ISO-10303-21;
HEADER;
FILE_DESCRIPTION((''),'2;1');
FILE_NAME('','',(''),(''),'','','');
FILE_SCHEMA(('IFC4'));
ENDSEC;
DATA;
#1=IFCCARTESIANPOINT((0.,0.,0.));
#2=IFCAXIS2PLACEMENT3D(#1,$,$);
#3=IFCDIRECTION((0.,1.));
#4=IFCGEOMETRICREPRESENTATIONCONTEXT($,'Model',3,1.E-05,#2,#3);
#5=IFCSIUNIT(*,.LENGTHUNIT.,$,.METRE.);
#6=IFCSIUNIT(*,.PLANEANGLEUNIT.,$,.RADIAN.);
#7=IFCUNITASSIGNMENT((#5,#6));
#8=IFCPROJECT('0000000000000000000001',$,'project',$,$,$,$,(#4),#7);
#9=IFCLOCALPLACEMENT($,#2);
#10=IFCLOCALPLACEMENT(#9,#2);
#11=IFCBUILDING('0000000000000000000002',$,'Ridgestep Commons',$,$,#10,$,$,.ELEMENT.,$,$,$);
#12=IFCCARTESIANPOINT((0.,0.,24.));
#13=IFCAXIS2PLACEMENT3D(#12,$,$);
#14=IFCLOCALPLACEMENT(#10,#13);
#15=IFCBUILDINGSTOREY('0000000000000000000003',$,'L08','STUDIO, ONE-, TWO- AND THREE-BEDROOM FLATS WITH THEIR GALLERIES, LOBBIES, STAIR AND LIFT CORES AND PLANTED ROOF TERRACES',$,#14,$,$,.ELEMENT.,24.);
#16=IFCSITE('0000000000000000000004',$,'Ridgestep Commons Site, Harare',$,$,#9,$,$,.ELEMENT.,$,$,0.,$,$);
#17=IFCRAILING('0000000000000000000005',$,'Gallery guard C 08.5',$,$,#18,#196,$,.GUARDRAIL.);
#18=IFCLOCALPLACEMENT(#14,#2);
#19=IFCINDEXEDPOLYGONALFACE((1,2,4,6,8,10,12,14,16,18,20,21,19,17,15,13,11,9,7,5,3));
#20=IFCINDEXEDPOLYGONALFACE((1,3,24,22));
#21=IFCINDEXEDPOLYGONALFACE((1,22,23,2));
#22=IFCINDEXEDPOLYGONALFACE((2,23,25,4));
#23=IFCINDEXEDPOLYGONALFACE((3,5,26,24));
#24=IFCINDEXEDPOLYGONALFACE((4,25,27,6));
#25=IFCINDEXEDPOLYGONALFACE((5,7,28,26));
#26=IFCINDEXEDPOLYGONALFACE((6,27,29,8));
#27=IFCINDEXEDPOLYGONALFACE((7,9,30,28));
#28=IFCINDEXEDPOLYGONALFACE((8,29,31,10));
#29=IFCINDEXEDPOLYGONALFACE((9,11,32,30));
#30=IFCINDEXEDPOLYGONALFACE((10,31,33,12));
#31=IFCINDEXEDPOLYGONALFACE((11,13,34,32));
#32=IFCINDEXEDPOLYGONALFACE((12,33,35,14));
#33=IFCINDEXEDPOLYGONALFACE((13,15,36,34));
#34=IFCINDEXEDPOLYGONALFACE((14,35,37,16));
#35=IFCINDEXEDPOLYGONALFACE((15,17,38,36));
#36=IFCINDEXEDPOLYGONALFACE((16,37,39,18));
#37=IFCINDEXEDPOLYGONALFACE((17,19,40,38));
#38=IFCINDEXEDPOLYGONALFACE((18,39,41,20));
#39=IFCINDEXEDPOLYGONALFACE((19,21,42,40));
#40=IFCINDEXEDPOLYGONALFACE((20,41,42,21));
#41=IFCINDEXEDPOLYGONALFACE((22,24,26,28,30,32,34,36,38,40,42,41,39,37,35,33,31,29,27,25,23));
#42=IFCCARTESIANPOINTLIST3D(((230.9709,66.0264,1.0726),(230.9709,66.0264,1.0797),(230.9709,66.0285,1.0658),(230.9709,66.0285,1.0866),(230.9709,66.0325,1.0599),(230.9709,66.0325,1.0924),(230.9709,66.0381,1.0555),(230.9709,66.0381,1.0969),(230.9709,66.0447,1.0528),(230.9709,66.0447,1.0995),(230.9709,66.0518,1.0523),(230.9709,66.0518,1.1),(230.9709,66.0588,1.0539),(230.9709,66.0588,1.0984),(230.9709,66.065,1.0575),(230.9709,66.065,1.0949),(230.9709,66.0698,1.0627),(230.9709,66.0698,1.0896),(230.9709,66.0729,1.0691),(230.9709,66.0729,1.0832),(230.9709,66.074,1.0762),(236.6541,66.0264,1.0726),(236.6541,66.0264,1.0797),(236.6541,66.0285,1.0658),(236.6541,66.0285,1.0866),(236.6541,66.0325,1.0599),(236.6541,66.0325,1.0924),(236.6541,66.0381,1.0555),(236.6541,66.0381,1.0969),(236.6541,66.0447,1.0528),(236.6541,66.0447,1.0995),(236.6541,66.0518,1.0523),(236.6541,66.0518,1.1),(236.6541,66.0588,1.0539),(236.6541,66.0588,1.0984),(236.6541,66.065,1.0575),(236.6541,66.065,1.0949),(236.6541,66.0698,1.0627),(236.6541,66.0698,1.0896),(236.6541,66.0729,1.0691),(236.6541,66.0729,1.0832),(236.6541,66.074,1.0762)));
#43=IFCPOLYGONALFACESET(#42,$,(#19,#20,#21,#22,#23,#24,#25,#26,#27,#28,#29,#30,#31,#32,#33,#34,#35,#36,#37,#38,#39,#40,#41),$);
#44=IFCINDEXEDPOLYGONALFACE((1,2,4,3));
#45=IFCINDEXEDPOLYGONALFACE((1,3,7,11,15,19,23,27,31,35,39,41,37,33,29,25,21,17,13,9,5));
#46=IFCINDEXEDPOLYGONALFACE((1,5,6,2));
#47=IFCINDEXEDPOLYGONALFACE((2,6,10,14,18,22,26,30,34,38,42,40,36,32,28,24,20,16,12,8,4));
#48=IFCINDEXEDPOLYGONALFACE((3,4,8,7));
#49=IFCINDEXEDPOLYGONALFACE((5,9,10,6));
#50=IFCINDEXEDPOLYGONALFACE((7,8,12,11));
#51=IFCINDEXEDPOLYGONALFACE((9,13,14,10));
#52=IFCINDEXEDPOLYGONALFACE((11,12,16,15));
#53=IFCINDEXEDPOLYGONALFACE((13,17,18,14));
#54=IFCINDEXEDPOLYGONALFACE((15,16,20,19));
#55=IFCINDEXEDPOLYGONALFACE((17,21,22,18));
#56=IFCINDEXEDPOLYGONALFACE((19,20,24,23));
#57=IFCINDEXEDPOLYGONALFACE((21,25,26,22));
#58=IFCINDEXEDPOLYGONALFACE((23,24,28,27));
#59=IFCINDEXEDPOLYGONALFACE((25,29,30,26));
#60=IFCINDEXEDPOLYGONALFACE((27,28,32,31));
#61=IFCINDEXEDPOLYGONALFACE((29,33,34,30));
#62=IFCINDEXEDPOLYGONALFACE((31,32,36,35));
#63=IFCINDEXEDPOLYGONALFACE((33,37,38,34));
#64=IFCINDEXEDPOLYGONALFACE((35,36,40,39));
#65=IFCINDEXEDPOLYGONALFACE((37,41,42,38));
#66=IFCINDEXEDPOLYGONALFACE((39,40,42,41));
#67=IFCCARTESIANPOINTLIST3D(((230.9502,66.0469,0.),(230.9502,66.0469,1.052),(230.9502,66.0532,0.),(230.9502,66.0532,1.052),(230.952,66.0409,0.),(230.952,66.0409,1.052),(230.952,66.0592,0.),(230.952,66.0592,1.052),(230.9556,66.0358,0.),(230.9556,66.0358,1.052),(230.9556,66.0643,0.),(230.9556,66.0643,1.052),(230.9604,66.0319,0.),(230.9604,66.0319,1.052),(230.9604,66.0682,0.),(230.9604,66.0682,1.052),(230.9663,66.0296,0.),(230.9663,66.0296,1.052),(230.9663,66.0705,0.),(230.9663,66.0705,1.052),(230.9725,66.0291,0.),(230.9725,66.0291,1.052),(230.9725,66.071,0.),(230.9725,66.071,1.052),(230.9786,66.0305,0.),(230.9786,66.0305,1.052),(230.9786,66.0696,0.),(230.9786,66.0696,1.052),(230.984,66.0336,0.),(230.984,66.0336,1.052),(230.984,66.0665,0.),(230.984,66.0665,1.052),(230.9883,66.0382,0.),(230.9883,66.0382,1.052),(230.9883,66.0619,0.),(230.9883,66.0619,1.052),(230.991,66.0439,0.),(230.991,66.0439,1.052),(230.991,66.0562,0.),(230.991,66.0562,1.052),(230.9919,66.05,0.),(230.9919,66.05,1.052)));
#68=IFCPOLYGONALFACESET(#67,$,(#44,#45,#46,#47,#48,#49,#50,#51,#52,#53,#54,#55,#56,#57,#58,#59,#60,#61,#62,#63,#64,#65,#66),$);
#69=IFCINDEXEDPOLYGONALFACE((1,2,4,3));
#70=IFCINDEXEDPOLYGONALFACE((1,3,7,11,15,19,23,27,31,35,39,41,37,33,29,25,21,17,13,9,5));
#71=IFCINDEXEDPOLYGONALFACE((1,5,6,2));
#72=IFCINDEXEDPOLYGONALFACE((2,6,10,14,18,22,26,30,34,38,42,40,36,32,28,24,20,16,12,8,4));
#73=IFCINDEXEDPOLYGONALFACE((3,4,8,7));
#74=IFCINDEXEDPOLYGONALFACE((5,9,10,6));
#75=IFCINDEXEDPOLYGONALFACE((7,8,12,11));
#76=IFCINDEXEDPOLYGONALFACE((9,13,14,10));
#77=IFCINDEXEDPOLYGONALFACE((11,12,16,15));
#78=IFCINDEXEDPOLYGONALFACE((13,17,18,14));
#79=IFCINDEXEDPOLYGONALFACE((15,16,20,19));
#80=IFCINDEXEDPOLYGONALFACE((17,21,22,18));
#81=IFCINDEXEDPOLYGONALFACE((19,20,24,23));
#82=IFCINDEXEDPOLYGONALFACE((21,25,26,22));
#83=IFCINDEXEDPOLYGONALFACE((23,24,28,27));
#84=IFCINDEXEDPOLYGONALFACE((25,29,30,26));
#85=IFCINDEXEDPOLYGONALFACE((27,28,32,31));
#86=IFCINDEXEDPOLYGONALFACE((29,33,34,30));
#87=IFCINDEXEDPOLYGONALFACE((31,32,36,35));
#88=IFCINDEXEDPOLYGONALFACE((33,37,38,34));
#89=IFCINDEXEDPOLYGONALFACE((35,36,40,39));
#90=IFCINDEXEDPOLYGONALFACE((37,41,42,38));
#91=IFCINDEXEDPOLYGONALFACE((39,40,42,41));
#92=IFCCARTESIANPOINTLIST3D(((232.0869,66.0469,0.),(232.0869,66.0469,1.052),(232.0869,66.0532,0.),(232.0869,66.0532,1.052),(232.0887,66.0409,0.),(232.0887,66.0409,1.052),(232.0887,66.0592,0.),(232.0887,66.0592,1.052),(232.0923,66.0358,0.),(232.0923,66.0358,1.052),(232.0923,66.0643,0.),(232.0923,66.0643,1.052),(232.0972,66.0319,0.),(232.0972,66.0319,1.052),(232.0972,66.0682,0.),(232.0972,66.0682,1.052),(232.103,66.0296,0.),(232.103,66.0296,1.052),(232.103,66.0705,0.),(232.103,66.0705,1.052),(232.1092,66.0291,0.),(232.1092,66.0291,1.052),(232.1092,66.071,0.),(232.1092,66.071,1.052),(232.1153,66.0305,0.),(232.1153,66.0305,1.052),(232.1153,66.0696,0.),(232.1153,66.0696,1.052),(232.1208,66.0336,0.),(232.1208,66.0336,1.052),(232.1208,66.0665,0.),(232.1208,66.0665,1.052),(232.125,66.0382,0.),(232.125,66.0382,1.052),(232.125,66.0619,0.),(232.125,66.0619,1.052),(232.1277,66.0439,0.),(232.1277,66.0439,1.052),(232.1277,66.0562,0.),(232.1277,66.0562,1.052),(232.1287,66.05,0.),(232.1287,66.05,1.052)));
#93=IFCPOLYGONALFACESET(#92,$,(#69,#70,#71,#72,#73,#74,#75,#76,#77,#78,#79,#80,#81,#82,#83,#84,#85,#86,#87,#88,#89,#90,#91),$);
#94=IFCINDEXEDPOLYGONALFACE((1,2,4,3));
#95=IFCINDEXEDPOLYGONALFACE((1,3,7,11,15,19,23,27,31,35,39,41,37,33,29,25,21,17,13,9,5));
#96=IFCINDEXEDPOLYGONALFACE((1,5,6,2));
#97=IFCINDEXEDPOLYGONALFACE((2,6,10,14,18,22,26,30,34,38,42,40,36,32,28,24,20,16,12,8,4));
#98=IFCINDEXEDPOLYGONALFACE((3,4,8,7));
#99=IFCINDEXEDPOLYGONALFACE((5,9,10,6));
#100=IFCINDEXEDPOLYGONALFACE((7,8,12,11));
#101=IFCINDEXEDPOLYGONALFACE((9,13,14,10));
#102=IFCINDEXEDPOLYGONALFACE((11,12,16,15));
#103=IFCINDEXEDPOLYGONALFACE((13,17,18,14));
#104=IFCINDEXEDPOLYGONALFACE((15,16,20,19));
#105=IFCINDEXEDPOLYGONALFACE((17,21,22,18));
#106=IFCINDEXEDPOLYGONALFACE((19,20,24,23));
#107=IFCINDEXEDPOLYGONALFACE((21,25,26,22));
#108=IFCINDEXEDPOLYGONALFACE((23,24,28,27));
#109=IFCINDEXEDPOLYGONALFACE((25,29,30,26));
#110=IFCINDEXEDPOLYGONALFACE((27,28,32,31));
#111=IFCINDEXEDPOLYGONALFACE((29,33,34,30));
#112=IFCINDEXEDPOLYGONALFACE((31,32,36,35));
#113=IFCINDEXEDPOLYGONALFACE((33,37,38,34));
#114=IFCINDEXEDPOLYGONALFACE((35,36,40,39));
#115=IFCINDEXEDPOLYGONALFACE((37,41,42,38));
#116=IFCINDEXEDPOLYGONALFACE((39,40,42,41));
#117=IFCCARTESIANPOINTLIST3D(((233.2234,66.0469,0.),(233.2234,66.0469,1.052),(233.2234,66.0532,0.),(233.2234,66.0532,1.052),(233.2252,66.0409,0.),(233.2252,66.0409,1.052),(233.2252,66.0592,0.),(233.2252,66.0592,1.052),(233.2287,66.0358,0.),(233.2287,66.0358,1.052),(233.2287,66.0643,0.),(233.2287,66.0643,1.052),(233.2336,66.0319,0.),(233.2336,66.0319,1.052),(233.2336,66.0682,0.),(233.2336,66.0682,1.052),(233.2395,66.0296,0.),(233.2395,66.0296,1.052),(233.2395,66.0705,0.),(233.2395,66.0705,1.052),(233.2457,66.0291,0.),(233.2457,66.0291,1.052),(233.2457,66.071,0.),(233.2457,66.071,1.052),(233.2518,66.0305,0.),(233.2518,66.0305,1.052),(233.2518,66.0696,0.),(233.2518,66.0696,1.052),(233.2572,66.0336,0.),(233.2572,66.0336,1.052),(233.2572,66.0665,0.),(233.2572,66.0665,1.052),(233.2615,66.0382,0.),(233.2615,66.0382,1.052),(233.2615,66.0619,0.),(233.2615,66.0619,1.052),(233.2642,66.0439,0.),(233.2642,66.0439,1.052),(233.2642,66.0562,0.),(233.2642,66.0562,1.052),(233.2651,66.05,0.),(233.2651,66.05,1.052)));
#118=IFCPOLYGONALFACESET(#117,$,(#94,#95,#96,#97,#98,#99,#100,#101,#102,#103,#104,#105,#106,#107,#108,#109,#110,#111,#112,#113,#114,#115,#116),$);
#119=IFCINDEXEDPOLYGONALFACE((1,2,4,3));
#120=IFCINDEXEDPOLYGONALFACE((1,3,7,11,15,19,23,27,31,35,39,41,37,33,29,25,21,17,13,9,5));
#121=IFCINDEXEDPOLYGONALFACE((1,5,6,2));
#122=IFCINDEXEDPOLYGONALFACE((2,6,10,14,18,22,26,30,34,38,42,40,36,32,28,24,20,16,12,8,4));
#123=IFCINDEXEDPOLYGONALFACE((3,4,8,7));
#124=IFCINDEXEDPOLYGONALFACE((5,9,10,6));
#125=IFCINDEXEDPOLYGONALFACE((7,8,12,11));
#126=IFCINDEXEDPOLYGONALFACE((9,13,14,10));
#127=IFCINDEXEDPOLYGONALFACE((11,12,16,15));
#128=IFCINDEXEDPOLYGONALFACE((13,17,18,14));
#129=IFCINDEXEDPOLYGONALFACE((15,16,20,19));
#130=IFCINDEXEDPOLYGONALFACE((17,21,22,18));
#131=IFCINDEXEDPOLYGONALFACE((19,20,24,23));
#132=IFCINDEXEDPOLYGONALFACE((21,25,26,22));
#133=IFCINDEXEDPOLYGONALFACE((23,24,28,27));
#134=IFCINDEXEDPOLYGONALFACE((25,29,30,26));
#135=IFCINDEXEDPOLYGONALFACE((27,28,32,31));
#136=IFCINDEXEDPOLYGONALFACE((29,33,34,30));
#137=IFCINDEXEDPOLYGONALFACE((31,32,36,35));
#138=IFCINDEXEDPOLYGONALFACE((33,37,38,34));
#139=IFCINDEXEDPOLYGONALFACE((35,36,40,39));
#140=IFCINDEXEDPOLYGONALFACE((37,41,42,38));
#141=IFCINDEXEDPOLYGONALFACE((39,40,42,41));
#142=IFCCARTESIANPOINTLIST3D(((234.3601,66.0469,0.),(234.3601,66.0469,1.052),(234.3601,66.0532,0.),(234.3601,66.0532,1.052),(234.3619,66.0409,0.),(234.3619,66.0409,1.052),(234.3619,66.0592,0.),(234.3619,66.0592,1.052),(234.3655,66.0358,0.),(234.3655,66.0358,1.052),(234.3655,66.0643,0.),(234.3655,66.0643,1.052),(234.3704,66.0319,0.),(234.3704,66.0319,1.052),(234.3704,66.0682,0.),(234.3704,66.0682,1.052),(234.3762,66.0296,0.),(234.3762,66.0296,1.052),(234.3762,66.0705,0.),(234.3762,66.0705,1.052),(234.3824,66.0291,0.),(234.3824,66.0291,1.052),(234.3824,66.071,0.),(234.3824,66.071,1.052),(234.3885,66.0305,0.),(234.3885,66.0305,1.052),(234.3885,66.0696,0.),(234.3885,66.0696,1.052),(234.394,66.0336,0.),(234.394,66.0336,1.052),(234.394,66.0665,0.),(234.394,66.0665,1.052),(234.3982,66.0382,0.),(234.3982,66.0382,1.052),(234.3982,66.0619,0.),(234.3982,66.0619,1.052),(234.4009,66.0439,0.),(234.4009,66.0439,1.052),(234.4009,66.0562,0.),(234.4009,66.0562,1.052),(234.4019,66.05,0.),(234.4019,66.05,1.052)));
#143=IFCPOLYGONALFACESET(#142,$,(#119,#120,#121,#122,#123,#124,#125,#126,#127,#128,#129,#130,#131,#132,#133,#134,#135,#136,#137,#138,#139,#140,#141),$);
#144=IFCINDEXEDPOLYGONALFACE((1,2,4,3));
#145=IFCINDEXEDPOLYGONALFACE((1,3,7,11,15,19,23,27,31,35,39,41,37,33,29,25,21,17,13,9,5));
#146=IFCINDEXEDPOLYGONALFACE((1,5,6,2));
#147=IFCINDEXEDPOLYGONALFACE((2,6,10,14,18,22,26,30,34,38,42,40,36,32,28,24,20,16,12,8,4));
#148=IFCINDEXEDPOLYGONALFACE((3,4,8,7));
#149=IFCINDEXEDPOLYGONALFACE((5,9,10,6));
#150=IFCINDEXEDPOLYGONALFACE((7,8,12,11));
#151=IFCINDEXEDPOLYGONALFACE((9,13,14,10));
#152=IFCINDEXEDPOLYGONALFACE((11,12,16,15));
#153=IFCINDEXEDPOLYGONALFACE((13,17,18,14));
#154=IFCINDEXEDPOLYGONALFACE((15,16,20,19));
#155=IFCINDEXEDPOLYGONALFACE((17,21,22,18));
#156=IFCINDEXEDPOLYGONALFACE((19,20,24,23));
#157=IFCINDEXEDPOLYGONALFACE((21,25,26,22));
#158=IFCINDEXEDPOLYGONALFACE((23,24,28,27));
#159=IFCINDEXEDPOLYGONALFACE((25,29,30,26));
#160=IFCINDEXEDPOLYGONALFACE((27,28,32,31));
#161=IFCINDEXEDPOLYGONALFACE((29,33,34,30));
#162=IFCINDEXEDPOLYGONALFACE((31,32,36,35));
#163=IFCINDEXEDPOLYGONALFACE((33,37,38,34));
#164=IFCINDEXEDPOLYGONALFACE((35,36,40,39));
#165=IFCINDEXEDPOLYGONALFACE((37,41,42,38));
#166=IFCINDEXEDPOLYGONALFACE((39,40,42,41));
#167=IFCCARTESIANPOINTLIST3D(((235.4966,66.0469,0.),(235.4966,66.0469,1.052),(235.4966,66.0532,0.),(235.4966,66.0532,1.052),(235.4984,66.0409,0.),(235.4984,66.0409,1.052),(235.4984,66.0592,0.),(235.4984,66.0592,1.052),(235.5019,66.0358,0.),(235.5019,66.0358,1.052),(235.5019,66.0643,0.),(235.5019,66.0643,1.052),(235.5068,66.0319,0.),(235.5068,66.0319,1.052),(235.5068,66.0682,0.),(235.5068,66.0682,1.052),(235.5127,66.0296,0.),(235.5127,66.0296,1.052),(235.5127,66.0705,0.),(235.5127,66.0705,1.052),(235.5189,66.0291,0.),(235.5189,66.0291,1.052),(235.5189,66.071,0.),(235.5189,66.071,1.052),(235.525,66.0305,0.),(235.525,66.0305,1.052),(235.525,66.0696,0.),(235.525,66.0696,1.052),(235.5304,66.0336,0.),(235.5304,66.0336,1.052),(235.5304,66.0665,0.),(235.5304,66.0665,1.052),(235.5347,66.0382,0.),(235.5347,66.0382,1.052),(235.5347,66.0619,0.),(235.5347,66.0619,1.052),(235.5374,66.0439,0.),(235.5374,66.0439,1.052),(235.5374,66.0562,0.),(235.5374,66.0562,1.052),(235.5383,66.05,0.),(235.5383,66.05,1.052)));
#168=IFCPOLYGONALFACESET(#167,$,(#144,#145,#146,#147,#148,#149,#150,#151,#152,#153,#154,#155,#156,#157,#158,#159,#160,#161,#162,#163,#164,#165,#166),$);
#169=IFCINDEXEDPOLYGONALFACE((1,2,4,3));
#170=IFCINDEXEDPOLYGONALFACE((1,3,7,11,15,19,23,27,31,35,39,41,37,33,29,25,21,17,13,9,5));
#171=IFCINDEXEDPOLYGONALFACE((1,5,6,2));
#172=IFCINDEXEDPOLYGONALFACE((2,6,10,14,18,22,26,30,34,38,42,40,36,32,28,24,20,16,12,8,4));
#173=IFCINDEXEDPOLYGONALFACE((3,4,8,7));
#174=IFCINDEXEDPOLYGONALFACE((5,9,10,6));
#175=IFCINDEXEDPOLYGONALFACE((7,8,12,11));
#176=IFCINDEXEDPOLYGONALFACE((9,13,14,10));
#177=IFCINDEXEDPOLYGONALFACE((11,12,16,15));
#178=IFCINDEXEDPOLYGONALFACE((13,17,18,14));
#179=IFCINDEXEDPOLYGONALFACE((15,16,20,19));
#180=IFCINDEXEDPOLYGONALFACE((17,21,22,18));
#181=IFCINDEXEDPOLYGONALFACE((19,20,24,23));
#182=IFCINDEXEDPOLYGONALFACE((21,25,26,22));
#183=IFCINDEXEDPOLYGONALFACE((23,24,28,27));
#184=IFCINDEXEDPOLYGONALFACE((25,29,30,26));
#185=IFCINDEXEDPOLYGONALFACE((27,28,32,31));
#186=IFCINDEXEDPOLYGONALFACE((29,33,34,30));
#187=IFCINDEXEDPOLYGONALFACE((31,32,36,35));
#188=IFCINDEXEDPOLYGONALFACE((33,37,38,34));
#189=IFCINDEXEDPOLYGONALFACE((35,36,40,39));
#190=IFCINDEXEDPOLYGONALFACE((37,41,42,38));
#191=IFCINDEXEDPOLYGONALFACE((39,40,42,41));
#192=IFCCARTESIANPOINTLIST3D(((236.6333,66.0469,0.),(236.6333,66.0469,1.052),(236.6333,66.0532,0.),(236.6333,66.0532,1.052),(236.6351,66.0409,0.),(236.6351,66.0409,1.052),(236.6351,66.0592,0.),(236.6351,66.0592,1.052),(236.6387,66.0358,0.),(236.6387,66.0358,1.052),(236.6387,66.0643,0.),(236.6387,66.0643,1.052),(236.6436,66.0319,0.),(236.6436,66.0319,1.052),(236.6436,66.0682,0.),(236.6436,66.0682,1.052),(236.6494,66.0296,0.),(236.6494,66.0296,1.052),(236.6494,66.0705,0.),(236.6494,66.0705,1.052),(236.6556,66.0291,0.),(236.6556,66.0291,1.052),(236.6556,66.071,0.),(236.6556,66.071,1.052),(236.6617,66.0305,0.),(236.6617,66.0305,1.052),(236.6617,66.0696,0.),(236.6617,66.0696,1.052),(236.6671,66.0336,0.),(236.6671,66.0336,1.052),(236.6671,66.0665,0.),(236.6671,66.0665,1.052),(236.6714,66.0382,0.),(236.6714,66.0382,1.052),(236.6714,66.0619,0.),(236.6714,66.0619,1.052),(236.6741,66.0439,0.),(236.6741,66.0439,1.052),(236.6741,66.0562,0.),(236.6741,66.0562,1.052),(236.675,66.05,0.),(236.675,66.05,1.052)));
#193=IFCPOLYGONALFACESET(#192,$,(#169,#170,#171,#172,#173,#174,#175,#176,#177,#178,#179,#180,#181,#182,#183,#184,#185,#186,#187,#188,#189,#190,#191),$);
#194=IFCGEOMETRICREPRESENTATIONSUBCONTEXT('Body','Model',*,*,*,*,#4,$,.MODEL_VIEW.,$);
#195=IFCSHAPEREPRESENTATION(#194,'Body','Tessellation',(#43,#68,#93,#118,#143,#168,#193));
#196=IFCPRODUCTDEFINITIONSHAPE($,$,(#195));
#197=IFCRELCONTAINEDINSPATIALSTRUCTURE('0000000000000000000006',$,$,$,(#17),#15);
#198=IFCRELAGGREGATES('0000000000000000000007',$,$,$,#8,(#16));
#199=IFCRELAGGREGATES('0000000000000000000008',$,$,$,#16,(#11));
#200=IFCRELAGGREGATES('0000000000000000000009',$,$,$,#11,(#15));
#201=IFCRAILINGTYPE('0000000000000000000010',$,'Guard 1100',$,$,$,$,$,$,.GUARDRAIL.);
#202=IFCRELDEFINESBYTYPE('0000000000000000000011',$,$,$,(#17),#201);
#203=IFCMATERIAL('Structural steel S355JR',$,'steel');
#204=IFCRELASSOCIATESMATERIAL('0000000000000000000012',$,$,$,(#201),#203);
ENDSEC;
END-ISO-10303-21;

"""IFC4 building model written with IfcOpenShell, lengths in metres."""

from ifc_helpers import new_model, si_unit, direction, frame, origin, origin_2d, place, context, subcontext, project, spatial, circle, extrude, material, type_object, element, save


model = new_model("IFC4")

# Units and contexts
model_context = context("Model", 3, precision=1e-05, world=origin(), true_north=direction((0.0, 1.0)))
body_context = subcontext(model_context, "Body", "Model", "MODEL_VIEW")
ifc_project = project(units=[si_unit("LENGTHUNIT", "METRE"), si_unit("PLANEANGLEUNIT", "RADIAN")], contexts=[model_context])

# Site, building, storey
site_placement = place(None, origin())
site = spatial("IfcSite", under=ifc_project, at=site_placement, Name="Ridgestep Commons Site, Harare", CompositionType="ELEMENT", RefElevation=0.0)
building_placement = place(site_placement, origin())
building = spatial("IfcBuilding", under=site, at=building_placement, Name="Ridgestep Commons", CompositionType="ELEMENT")
storey_placement = place(building_placement, frame((0.0, 0.0, 24.0)))
storey = spatial("IfcBuildingStorey", under=building, at=storey_placement, Name="L08", Description="STUDIO, ONE-, TWO- AND THREE-BEDROOM FLATS WITH THEIR GALLERIES, LOBBIES, STAIR AND LIFT CORES AND PLANTED ROOF TERRACES", CompositionType="ELEMENT", Elevation=24.0)

# Railing
ifc_material_1 = material(Name="Structural steel S355JR", Category="steel")
railing_type_1 = type_object("IfcRailingType", Name="Guard 1100", PredefinedType="GUARDRAIL", material=ifc_material_1)
railing_1_placement = place(storey_placement, frame((230.9709, 66.05, 0.0)))
element("IfcRailing", 1, at=railing_1_placement, inside=storey, type_object=railing_type_1, Name="Gallery guard C 08.5", PredefinedType="GUARDRAIL", context=body_context, shape_type="SweptSolid", body=[
    extrude(circle(Radius=0.0239, at=origin_2d()), frame((0.0, 0.0, 1.0762), z_axis=(1.0, 0.0, 0.0), x_axis=(0.0, 1.0, 0.0)), (0.0, 0.0, 1.0), 5.6831),
    extrude(circle(Radius=0.021, at=origin_2d()), origin(), (0.0, 0.0, 1.0), 1.052),
    extrude(circle(Radius=0.021, at=origin_2d()), frame((1.1367, 0.0, 0.0)), (0.0, 0.0, 1.0), 1.052),
    extrude(circle(Radius=0.021, at=origin_2d()), frame((2.2732, 0.0, 0.0)), (0.0, 0.0, 1.0), 1.052),
    extrude(circle(Radius=0.021, at=origin_2d()), frame((3.4099, 0.0, 0.0)), (0.0, 0.0, 1.0), 1.052),
    extrude(circle(Radius=0.021, at=origin_2d()), frame((4.5464, 0.0, 0.0)), (0.0, 0.0, 1.0), 1.052),
    extrude(circle(Radius=0.021, at=origin_2d()), frame((5.6831, 0.0, 0.0)), (0.0, 0.0, 1.0), 1.052),
])

save(model, "model.ifc")
